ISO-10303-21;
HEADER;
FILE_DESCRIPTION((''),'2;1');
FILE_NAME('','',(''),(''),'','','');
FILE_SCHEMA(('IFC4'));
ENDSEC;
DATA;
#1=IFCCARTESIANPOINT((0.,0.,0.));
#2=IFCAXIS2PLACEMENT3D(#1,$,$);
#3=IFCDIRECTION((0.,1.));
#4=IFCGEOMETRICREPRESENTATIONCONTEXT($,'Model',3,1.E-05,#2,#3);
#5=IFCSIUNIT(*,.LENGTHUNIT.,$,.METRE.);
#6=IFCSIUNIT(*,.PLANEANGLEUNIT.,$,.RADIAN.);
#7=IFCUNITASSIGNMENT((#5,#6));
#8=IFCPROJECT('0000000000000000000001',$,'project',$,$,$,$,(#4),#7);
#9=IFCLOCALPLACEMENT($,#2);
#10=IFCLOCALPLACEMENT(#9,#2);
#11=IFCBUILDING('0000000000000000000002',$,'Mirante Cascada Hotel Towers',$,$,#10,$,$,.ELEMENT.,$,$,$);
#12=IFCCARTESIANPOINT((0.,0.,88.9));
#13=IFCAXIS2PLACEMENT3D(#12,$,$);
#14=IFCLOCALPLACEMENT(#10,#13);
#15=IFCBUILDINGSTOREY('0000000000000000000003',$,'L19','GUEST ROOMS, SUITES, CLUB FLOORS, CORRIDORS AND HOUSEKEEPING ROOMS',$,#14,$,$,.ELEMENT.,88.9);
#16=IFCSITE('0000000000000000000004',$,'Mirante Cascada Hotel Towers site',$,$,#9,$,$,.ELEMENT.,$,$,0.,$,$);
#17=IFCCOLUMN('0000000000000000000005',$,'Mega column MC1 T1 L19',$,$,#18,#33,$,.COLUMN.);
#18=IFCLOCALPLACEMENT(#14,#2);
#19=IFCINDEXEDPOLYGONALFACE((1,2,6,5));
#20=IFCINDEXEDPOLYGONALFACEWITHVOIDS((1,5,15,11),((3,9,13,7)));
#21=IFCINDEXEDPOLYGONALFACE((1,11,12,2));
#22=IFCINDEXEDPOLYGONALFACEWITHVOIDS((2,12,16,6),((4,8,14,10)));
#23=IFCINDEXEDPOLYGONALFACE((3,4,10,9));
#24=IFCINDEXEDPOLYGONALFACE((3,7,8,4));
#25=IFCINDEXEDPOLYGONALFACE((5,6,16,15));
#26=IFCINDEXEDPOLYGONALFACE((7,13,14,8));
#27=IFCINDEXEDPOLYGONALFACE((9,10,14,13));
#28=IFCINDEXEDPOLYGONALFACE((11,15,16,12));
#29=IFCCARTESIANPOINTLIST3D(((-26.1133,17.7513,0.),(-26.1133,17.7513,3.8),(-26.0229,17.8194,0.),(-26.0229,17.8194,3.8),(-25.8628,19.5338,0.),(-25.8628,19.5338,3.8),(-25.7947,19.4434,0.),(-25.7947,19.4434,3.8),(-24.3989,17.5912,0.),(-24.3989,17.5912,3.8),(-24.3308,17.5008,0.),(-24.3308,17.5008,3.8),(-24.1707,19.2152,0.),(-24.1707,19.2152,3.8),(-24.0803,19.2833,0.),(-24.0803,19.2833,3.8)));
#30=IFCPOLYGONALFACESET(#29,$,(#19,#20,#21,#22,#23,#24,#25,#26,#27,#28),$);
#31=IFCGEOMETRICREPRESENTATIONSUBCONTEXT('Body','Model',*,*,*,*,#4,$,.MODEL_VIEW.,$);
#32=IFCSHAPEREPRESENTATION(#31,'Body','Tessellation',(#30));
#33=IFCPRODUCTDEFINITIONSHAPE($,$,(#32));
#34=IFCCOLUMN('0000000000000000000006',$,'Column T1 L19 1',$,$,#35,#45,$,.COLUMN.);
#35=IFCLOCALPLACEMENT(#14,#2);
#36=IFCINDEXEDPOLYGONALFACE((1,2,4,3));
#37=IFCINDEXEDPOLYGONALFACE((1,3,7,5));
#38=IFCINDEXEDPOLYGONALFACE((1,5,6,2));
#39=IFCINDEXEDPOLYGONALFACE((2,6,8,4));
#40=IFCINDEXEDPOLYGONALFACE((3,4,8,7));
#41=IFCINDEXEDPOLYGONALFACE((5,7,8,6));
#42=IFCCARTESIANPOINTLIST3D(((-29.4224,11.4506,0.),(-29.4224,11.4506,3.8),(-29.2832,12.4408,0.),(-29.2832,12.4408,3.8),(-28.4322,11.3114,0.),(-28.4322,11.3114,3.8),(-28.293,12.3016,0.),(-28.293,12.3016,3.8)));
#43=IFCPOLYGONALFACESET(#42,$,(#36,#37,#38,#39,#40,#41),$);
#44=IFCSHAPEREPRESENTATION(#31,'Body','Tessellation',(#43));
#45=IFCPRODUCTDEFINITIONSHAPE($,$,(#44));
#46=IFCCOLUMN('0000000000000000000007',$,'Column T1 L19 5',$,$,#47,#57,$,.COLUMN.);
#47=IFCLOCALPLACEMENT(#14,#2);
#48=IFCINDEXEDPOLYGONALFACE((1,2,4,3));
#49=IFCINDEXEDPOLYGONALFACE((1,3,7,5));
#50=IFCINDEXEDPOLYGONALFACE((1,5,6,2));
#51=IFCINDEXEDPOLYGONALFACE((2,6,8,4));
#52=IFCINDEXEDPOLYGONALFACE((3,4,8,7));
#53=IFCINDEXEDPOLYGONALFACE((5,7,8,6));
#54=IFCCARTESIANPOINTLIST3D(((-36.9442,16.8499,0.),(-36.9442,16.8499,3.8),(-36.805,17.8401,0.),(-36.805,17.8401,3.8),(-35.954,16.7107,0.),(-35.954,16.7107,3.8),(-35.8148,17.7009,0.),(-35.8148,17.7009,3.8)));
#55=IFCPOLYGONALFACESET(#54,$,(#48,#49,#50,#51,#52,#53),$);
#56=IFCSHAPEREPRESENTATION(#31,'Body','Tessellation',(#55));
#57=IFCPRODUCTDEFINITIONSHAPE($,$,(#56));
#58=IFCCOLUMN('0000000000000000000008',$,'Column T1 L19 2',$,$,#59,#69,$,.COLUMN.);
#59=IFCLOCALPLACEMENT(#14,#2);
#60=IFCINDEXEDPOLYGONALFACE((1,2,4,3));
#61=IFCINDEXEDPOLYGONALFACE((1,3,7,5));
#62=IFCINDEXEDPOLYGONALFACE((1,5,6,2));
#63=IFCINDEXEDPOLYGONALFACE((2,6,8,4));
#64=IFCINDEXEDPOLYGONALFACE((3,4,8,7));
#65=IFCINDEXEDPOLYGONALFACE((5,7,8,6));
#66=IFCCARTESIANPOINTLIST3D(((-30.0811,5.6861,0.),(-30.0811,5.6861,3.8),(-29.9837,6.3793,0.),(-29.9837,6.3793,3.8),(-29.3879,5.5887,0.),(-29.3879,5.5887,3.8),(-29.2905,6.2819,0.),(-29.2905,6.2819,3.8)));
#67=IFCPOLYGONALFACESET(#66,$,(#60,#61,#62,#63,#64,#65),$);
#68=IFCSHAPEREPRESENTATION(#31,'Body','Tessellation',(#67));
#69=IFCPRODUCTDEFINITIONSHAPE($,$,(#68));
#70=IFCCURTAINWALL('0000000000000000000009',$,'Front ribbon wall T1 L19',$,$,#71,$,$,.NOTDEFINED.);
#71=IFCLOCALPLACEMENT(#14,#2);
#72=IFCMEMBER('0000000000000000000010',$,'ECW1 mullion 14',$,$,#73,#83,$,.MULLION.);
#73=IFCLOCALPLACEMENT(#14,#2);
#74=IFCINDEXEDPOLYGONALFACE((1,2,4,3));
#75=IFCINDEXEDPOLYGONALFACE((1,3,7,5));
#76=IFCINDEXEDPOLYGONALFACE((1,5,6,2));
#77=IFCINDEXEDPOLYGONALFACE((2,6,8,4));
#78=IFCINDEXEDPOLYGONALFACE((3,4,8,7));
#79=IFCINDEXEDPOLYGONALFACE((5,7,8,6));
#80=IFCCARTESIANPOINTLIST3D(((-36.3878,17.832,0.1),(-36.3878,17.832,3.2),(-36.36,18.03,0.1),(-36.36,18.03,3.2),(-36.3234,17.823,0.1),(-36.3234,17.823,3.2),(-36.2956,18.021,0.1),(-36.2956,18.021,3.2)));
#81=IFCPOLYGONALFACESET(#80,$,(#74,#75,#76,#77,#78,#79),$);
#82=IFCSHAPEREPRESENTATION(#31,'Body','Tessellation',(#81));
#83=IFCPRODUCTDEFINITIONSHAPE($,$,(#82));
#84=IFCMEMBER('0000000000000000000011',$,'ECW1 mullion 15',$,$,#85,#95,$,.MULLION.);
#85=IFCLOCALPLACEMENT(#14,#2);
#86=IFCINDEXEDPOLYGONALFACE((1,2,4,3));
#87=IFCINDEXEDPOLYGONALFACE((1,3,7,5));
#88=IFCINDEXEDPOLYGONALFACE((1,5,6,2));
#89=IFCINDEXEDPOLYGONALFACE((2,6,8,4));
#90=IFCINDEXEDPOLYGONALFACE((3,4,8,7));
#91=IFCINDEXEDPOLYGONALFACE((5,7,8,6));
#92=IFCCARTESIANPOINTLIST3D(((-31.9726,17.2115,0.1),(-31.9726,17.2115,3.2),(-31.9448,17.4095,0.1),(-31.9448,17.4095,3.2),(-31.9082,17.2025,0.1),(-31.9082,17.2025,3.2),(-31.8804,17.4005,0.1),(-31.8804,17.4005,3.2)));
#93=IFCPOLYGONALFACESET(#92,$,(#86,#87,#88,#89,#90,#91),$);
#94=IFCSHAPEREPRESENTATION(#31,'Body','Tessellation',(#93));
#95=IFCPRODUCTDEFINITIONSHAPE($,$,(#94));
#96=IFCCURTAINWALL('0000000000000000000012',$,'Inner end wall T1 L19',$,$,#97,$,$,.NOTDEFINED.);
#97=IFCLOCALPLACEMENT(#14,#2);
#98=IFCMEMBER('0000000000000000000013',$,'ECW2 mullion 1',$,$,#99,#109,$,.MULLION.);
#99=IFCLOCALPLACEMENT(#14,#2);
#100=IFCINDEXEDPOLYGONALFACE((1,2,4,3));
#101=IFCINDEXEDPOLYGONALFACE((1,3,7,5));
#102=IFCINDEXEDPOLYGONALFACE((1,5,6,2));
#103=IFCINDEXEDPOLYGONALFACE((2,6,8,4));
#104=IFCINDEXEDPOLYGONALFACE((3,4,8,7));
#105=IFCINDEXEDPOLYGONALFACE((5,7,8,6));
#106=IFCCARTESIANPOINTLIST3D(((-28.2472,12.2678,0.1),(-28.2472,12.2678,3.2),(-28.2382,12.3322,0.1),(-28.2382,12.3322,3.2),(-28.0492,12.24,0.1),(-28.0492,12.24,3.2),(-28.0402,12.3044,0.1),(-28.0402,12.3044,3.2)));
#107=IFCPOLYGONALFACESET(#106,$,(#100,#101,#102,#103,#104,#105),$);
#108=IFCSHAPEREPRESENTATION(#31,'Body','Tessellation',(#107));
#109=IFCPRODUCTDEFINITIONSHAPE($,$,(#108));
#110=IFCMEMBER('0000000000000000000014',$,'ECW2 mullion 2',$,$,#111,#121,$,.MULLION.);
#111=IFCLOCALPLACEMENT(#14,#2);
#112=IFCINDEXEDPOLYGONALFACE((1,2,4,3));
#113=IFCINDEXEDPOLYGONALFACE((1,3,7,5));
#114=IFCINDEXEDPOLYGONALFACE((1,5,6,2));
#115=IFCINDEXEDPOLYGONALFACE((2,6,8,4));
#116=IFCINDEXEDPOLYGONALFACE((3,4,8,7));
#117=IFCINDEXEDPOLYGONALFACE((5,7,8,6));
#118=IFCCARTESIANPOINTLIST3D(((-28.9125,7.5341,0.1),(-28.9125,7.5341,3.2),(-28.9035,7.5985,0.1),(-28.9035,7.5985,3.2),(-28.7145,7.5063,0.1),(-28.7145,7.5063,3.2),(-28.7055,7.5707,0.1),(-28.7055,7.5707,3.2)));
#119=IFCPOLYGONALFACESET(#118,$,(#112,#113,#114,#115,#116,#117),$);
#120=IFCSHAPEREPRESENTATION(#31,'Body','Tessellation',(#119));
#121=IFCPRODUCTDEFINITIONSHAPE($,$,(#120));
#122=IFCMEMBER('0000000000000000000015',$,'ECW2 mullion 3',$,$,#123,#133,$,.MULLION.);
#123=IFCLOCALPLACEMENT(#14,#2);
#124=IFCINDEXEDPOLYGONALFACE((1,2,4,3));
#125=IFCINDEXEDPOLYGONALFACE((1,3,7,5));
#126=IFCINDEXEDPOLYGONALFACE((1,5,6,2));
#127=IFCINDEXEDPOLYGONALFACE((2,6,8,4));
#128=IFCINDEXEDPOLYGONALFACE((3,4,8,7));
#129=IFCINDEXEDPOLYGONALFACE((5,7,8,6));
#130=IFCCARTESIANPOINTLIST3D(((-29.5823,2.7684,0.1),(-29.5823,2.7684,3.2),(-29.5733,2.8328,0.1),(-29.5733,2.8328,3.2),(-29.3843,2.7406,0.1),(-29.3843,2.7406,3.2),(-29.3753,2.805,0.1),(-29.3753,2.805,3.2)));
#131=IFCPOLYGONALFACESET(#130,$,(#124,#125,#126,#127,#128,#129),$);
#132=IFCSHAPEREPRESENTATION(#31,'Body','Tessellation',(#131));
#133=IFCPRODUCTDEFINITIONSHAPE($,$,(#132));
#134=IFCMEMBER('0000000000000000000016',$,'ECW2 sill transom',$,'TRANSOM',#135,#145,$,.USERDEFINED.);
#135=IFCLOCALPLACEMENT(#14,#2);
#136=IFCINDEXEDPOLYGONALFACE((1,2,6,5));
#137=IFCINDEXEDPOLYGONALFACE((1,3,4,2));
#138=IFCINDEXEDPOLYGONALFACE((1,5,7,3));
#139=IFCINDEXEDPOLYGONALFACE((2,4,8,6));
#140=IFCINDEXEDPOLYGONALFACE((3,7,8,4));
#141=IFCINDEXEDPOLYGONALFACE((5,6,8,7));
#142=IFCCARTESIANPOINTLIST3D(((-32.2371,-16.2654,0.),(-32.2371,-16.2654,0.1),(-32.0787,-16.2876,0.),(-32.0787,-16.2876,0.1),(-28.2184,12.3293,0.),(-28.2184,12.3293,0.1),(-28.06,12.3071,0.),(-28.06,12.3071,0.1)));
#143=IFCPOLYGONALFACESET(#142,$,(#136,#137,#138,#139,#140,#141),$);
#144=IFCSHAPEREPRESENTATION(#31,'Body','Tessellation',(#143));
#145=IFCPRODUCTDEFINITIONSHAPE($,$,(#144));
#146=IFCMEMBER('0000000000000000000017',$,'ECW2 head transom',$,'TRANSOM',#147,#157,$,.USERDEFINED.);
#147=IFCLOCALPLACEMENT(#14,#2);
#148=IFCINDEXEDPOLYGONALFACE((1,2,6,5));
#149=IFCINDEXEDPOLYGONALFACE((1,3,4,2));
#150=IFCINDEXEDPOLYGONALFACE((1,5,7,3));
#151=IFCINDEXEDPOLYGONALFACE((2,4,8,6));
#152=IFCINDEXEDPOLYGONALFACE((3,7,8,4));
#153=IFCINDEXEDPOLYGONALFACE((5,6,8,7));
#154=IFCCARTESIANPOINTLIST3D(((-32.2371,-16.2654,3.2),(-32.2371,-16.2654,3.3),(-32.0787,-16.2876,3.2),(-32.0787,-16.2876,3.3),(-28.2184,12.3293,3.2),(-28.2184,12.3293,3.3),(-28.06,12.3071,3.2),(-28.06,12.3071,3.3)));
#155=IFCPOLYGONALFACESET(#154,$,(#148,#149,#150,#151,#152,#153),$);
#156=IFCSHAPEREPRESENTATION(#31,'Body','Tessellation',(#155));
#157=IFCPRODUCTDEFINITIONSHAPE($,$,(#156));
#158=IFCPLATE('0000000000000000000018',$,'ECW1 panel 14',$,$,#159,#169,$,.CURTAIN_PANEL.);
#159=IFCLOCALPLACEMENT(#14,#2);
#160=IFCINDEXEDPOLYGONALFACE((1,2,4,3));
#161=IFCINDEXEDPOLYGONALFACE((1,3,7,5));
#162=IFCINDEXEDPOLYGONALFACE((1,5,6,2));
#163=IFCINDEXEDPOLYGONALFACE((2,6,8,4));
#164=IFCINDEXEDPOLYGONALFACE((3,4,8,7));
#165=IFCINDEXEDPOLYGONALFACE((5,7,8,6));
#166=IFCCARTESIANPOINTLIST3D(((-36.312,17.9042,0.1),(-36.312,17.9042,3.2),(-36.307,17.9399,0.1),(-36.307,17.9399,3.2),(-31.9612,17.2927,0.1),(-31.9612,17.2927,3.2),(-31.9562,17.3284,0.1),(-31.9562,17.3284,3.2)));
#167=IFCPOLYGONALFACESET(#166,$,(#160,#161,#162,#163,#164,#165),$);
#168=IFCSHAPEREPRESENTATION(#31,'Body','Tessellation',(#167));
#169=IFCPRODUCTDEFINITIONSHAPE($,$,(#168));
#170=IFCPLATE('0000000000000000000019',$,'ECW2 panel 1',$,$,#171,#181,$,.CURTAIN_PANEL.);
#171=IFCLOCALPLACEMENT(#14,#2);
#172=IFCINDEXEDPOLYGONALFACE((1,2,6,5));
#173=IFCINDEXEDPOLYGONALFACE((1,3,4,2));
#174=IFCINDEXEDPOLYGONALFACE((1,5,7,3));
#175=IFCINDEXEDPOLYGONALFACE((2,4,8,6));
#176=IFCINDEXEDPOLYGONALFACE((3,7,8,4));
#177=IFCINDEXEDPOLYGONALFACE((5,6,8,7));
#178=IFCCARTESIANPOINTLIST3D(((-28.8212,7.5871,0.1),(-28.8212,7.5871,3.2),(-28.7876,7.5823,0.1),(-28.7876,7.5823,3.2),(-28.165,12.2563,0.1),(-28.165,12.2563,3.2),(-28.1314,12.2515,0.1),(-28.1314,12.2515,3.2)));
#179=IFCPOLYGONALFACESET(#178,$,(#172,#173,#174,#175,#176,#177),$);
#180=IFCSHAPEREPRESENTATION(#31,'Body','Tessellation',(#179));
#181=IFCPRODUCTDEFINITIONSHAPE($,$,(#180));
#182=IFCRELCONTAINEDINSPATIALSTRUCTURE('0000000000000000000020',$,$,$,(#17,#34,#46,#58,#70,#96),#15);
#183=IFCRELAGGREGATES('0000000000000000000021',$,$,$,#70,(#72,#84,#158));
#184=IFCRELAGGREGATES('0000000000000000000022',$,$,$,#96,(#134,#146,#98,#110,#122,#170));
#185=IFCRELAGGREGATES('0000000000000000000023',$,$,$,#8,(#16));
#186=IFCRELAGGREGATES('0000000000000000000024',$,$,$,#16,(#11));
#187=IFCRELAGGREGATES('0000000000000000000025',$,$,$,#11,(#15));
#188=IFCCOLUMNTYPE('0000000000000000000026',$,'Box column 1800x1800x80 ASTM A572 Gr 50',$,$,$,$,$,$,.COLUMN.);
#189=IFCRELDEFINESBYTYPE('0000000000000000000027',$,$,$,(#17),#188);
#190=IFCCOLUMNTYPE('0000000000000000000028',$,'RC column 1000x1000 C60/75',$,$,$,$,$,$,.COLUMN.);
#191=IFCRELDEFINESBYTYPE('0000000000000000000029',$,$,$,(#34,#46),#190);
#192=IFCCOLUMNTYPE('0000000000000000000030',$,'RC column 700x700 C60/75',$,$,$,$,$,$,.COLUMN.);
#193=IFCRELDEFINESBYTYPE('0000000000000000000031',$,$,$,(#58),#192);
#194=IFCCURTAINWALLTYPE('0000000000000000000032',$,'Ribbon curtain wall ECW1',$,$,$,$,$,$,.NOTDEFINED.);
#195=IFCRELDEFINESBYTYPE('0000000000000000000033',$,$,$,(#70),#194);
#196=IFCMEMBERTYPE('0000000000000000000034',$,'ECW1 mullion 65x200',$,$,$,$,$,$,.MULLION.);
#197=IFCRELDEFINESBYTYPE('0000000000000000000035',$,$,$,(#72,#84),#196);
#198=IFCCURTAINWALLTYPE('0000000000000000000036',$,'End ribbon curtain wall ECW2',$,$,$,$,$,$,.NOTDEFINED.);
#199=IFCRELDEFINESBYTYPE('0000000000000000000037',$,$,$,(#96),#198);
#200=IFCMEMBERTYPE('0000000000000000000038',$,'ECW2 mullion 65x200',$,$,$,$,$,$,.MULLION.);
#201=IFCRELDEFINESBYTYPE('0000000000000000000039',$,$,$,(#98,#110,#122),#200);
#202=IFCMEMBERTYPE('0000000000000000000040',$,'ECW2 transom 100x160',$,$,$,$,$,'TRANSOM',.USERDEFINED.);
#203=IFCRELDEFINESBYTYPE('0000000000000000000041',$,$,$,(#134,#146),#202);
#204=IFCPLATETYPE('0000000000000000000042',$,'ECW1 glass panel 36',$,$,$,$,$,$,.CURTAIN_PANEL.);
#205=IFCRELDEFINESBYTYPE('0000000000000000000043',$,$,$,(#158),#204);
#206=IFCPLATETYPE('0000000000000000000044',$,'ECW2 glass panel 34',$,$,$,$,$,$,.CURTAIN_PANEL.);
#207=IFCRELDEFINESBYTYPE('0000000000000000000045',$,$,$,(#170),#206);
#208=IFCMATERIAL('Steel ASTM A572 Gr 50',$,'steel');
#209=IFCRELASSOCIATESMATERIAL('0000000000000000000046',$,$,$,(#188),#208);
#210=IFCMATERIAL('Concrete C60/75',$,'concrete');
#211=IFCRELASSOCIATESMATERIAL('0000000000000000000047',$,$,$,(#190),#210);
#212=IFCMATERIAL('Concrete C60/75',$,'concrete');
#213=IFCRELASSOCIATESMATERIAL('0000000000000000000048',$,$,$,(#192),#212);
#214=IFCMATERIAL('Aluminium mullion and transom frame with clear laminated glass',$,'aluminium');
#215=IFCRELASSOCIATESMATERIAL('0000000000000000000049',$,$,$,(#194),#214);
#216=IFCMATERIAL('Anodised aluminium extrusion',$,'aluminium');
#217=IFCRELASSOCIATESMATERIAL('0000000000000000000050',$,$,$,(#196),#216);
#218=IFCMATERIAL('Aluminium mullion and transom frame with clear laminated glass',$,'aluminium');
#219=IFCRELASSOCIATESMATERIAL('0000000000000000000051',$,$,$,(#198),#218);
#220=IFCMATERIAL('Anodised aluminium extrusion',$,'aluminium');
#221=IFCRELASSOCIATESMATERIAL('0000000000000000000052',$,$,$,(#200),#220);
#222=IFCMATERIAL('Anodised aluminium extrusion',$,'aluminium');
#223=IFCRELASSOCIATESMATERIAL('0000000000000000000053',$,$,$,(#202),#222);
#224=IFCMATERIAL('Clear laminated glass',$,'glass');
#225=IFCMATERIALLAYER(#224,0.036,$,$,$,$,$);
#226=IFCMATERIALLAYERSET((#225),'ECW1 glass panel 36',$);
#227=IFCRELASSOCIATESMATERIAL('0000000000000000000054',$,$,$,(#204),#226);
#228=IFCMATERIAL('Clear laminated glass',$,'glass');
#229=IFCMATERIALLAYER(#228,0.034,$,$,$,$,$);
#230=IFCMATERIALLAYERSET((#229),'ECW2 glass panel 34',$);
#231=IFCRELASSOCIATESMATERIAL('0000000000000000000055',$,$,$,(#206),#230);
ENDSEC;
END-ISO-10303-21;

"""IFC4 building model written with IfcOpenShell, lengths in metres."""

from ifc_helpers import new_model, si_unit, direction, frame, origin, origin_2d, place, context, subcontext, project, spatial, rectangle, hollow_rectangle, extrude, material, layer, layer_set, material_profile, profile_set, type_object, element, aggregate, save


model = new_model("IFC4")

# Units and contexts
model_context = context("Model", 3, precision=1e-05, world=origin(), true_north=direction((0.0, 1.0)))
body_context = subcontext(model_context, "Body", "Model", "MODEL_VIEW")
ifc_project = project(units=[si_unit("LENGTHUNIT", "METRE"), si_unit("PLANEANGLEUNIT", "RADIAN")], contexts=[model_context])

# Site, building, storey
site_placement = place(None, origin())
site = spatial("IfcSite", under=ifc_project, at=site_placement, Name="Mirante Cascada Hotel Towers site", CompositionType="ELEMENT", RefElevation=0.0)
building_placement = place(site_placement, origin())
building = spatial("IfcBuilding", under=site, at=building_placement, Name="Mirante Cascada Hotel Towers", CompositionType="ELEMENT")
storey_placement = place(building_placement, frame((0.0, 0.0, 88.9)))
storey = spatial("IfcBuildingStorey", under=building, at=storey_placement, Name="L19", Description="GUEST ROOMS, SUITES, CLUB FLOORS, CORRIDORS AND HOUSEKEEPING ROOMS", CompositionType="ELEMENT", Elevation=88.9)

# Columns
ifc_material_1 = material(Name="Steel ASTM A572 Gr 50", Category="steel")
ifc_material_profile_1 = material_profile(ifc_material_1, hollow_rectangle(XDim=1.8, YDim=1.8, WallThickness=0.08, at=origin_2d()), Name="Box column 1800x1800x80 ASTM A572 Gr 50")
ifc_profile_set_1 = profile_set([ifc_material_profile_1], Name="Steel ASTM A572 Gr 50")
column_type_1 = type_object("IfcColumnType", Name="Box column 1800x1800x80 ASTM A572 Gr 50", PredefinedType="COLUMN", material=ifc_profile_set_1)
column_1_placement = place(storey_placement, frame((-25.0968, 18.5173, 0.0), z_axis=(0.0, 0.0, 1.0), x_axis=(-0.990268, 0.139173, 0.0)))
element("IfcColumn", 1, at=column_1_placement, inside=storey, type_object=column_type_1, Name="Mega column MC1 T1 L19", PredefinedType="COLUMN", context=body_context, shape_type="SweptSolid", body=[
    extrude(hollow_rectangle(XDim=1.8, YDim=1.8, WallThickness=0.08, at=origin_2d()), origin(), (0.0, 0.0, 1.0), 3.8),
])
ifc_material_2 = material(Name="Concrete C60/75", Category="concrete")
ifc_material_profile_2 = material_profile(ifc_material_2, rectangle(XDim=1.0, YDim=1.0, at=origin_2d()), Name="RC column 1000x1000 C60/75")
ifc_profile_set_2 = profile_set([ifc_material_profile_2], Name="Concrete C60/75")
column_type_2 = type_object("IfcColumnType", Name="RC column 1000x1000 C60/75", PredefinedType="COLUMN", material=ifc_profile_set_2)
for number, where, z_axis, x_axis, name in (
    (2, (-28.8577, 11.8761, 0.0), (0.0, 0.0, 1.0), (-0.990268, 0.139173, 0.0), "Column T1 L19 1"),
    (3, (-36.3795, 17.2754, 0.0), (0.0, 0.0, 1.0), (-0.990268, 0.139173, 0.0), "Column T1 L19 5"),
):
    element("IfcColumn", number, at=place(storey_placement, frame(where, z_axis=z_axis, x_axis=x_axis)), inside=storey, type_object=column_type_2, Name=name, PredefinedType="COLUMN", context=body_context, shape_type="SweptSolid", body=[
        extrude(rectangle(XDim=1.0, YDim=1.0, at=origin_2d()), origin(), (0.0, 0.0, 1.0), 3.8),
    ])
ifc_material_3 = material(Name="Concrete C60/75", Category="concrete")
ifc_material_profile_3 = material_profile(ifc_material_3, rectangle(XDim=0.7, YDim=0.7, at=origin_2d()), Name="RC column 700x700 C60/75")
ifc_profile_set_3 = profile_set([ifc_material_profile_3], Name="Concrete C60/75")
column_type_3 = type_object("IfcColumnType", Name="RC column 700x700 C60/75", PredefinedType="COLUMN", material=ifc_profile_set_3)
column_2_placement = place(storey_placement, frame((-29.6858, 5.984, 0.0), z_axis=(0.0, 0.0, 1.0), x_axis=(-0.990268, 0.139173, 0.0)))
element("IfcColumn", 4, at=column_2_placement, inside=storey, type_object=column_type_3, Name="Column T1 L19 2", PredefinedType="COLUMN", context=body_context, shape_type="SweptSolid", body=[
    extrude(rectangle(XDim=0.7, YDim=0.7, at=origin_2d()), origin(), (0.0, 0.0, 1.0), 3.8),
])

# Curtain walls, members
ifc_material_4 = material(Name="Aluminium mullion and transom frame with clear laminated glass", Category="aluminium")
curtain_wall_type_1 = type_object("IfcCurtainWallType", Name="Ribbon curtain wall ECW1", PredefinedType="NOTDEFINED", material=ifc_material_4)
curtain_wall_1_placement = place(storey_placement, origin())
curtain_wall_1 = element("IfcCurtainWall", 5, at=curtain_wall_1_placement, inside=storey, type_object=curtain_wall_type_1, Name="Front ribbon wall T1 L19", PredefinedType="NOTDEFINED")
ifc_material_5 = material(Name="Anodised aluminium extrusion", Category="aluminium")
ifc_material_profile_4 = material_profile(ifc_material_5, rectangle(XDim=0.2, YDim=0.065, at=origin_2d()), Name="ECW1 MULLION 65x200")
ifc_profile_set_4 = profile_set([ifc_material_profile_4], Name="Anodised aluminium extrusion")
member_type_1 = type_object("IfcMemberType", Name="ECW1 mullion 65x200", PredefinedType="MULLION", material=ifc_profile_set_4)
member_1_placement = place(storey_placement, frame((-36.3417, 17.9265, 0.1), z_axis=(0.0, 0.0, 1.0), x_axis=(0.139173, 0.990268, 0.0)))
member_1 = element("IfcMember", 6, at=member_1_placement, type_object=member_type_1, Name="ECW1 mullion 14", PredefinedType="MULLION", context=body_context, shape_type="SweptSolid", body=[
    extrude(rectangle(XDim=0.2, YDim=0.065, at=origin_2d()), origin(), (0.0, 0.0, 1.0), 3.1),
])
member_2_placement = place(storey_placement, frame((-31.9265, 17.306, 0.1), z_axis=(0.0, 0.0, 1.0), x_axis=(0.139173, 0.990268, 0.0)))
member_2 = element("IfcMember", 7, at=member_2_placement, type_object=member_type_1, Name="ECW1 mullion 15", PredefinedType="MULLION", context=body_context, shape_type="SweptSolid", body=[
    extrude(rectangle(XDim=0.2, YDim=0.065, at=origin_2d()), origin(), (0.0, 0.0, 1.0), 3.1),
])
ifc_material_6 = material(Name="Aluminium mullion and transom frame with clear laminated glass", Category="aluminium")
curtain_wall_type_2 = type_object("IfcCurtainWallType", Name="End ribbon curtain wall ECW2", PredefinedType="NOTDEFINED", material=ifc_material_6)
curtain_wall_2_placement = place(storey_placement, origin())
curtain_wall_2 = element("IfcCurtainWall", 8, at=curtain_wall_2_placement, inside=storey, type_object=curtain_wall_type_2, Name="Inner end wall T1 L19", PredefinedType="NOTDEFINED")
ifc_material_7 = material(Name="Anodised aluminium extrusion", Category="aluminium")
ifc_material_profile_5 = material_profile(ifc_material_7, rectangle(XDim=0.2, YDim=0.065, at=origin_2d()), Name="ECW2 MULLION 65x200")
ifc_profile_set_5 = profile_set([ifc_material_profile_5], Name="Anodised aluminium extrusion")
member_type_2 = type_object("IfcMemberType", Name="ECW2 mullion 65x200", PredefinedType="MULLION", material=ifc_profile_set_5)
member_3_placement = place(storey_placement, frame((-28.1437, 12.2861, 0.1), z_axis=(0.0, 0.0, 1.0), x_axis=(0.990268, -0.139173, 0.0)))
member_3 = element("IfcMember", 9, at=member_3_placement, type_object=member_type_2, Name="ECW2 mullion 1", PredefinedType="MULLION", context=body_context, shape_type="SweptSolid", body=[
    extrude(rectangle(XDim=0.2, YDim=0.065, at=origin_2d()), origin(), (0.0, 0.0, 1.0), 3.1),
])
member_4_placement = place(storey_placement, frame((-28.809, 7.5524, 0.1), z_axis=(0.0, 0.0, 1.0), x_axis=(0.990268, -0.139173, 0.0)))
member_4 = element("IfcMember", 10, at=member_4_placement, type_object=member_type_2, Name="ECW2 mullion 2", PredefinedType="MULLION", context=body_context, shape_type="SweptSolid", body=[
    extrude(rectangle(XDim=0.2, YDim=0.065, at=origin_2d()), origin(), (0.0, 0.0, 1.0), 3.1),
])
member_5_placement = place(storey_placement, frame((-29.4788, 2.7867, 0.1), z_axis=(0.0, 0.0, 1.0), x_axis=(0.990268, -0.139173, 0.0)))
member_5 = element("IfcMember", 11, at=member_5_placement, type_object=member_type_2, Name="ECW2 mullion 3", PredefinedType="MULLION", context=body_context, shape_type="SweptSolid", body=[
    extrude(rectangle(XDim=0.2, YDim=0.065, at=origin_2d()), origin(), (0.0, 0.0, 1.0), 3.1),
])
ifc_material_8 = material(Name="Anodised aluminium extrusion", Category="aluminium")
ifc_material_profile_6 = material_profile(ifc_material_8, rectangle(XDim=0.16, YDim=0.1, at=origin_2d()), Name="ECW2 TRANSOM 100x160")
ifc_profile_set_6 = profile_set([ifc_material_profile_6], Name="Anodised aluminium extrusion")
member_type_3 = type_object("IfcMemberType", Name="ECW2 transom 100x160", ElementType="TRANSOM", PredefinedType="USERDEFINED", material=ifc_profile_set_6)
member_6_placement = place(storey_placement, frame((-28.1392, 12.3182, 0.05), z_axis=(-0.139172, -0.990268, 0.0), x_axis=(0.990268, -0.139172, 0.0)))
member_6 = element("IfcMember", 12, at=member_6_placement, type_object=member_type_3, Name="ECW2 sill transom", ObjectType="TRANSOM", PredefinedType="USERDEFINED", context=body_context, shape_type="SweptSolid", body=[
    extrude(rectangle(XDim=0.16, YDim=0.1, at=origin_2d()), origin(), (0.0, 0.0, 1.0), 28.8757),
])
member_7_placement = place(storey_placement, frame((-28.1392, 12.3182, 3.25), z_axis=(-0.139172, -0.990268, 0.0), x_axis=(0.990268, -0.139172, 0.0)))
member_7 = element("IfcMember", 13, at=member_7_placement, type_object=member_type_3, Name="ECW2 head transom", ObjectType="TRANSOM", PredefinedType="USERDEFINED", context=body_context, shape_type="SweptSolid", body=[
    extrude(rectangle(XDim=0.16, YDim=0.1, at=origin_2d()), origin(), (0.0, 0.0, 1.0), 28.8757),
])

# Plates
ifc_material_9 = material(Name="Clear laminated glass", Category="glass")
ifc_layer_1 = layer(ifc_material_9, 0.036)
ifc_layer_set_1 = layer_set([ifc_layer_1], Name="ECW1 glass panel 36")
plate_type_1 = type_object("IfcPlateType", Name="ECW1 glass panel 36", PredefinedType="CURTAIN_PANEL", material=ifc_layer_set_1)
plate_1_placement = place(storey_placement, frame((-34.1341, 17.6163, 0.1), z_axis=(0.0, 0.0, 1.0), x_axis=(0.990268, -0.139173, 0.0)))
plate_1 = element("IfcPlate", 14, at=plate_1_placement, type_object=plate_type_1, Name="ECW1 panel 14", PredefinedType="CURTAIN_PANEL", context=body_context, shape_type="SweptSolid", body=[
    extrude(rectangle(XDim=4.3936, YDim=0.036, at=origin_2d()), origin(), (0.0, 0.0, 1.0), 3.1),
])
aggregate(curtain_wall_1, [member_1, member_2, plate_1])
ifc_material_10 = material(Name="Clear laminated glass", Category="glass")
ifc_layer_2 = layer(ifc_material_10, 0.034)
ifc_layer_set_2 = layer_set([ifc_layer_2], Name="ECW2 glass panel 34")
plate_type_2 = type_object("IfcPlateType", Name="ECW2 glass panel 34", PredefinedType="CURTAIN_PANEL", material=ifc_layer_set_2)
plate_2_placement = place(storey_placement, frame((-28.4763, 9.9193, 0.1), z_axis=(0.0, 0.0, 1.0), x_axis=(-0.139173, -0.990268, 0.0)))
plate_2 = element("IfcPlate", 15, at=plate_2_placement, type_object=plate_type_2, Name="ECW2 panel 1", PredefinedType="CURTAIN_PANEL", context=body_context, shape_type="SweptSolid", body=[
    extrude(rectangle(XDim=4.7151, YDim=0.034, at=origin_2d()), origin(), (0.0, 0.0, 1.0), 3.1),
])
aggregate(curtain_wall_2, [member_6, member_7, member_3, member_4, member_5, plate_2])

save(model, "model.ifc")
